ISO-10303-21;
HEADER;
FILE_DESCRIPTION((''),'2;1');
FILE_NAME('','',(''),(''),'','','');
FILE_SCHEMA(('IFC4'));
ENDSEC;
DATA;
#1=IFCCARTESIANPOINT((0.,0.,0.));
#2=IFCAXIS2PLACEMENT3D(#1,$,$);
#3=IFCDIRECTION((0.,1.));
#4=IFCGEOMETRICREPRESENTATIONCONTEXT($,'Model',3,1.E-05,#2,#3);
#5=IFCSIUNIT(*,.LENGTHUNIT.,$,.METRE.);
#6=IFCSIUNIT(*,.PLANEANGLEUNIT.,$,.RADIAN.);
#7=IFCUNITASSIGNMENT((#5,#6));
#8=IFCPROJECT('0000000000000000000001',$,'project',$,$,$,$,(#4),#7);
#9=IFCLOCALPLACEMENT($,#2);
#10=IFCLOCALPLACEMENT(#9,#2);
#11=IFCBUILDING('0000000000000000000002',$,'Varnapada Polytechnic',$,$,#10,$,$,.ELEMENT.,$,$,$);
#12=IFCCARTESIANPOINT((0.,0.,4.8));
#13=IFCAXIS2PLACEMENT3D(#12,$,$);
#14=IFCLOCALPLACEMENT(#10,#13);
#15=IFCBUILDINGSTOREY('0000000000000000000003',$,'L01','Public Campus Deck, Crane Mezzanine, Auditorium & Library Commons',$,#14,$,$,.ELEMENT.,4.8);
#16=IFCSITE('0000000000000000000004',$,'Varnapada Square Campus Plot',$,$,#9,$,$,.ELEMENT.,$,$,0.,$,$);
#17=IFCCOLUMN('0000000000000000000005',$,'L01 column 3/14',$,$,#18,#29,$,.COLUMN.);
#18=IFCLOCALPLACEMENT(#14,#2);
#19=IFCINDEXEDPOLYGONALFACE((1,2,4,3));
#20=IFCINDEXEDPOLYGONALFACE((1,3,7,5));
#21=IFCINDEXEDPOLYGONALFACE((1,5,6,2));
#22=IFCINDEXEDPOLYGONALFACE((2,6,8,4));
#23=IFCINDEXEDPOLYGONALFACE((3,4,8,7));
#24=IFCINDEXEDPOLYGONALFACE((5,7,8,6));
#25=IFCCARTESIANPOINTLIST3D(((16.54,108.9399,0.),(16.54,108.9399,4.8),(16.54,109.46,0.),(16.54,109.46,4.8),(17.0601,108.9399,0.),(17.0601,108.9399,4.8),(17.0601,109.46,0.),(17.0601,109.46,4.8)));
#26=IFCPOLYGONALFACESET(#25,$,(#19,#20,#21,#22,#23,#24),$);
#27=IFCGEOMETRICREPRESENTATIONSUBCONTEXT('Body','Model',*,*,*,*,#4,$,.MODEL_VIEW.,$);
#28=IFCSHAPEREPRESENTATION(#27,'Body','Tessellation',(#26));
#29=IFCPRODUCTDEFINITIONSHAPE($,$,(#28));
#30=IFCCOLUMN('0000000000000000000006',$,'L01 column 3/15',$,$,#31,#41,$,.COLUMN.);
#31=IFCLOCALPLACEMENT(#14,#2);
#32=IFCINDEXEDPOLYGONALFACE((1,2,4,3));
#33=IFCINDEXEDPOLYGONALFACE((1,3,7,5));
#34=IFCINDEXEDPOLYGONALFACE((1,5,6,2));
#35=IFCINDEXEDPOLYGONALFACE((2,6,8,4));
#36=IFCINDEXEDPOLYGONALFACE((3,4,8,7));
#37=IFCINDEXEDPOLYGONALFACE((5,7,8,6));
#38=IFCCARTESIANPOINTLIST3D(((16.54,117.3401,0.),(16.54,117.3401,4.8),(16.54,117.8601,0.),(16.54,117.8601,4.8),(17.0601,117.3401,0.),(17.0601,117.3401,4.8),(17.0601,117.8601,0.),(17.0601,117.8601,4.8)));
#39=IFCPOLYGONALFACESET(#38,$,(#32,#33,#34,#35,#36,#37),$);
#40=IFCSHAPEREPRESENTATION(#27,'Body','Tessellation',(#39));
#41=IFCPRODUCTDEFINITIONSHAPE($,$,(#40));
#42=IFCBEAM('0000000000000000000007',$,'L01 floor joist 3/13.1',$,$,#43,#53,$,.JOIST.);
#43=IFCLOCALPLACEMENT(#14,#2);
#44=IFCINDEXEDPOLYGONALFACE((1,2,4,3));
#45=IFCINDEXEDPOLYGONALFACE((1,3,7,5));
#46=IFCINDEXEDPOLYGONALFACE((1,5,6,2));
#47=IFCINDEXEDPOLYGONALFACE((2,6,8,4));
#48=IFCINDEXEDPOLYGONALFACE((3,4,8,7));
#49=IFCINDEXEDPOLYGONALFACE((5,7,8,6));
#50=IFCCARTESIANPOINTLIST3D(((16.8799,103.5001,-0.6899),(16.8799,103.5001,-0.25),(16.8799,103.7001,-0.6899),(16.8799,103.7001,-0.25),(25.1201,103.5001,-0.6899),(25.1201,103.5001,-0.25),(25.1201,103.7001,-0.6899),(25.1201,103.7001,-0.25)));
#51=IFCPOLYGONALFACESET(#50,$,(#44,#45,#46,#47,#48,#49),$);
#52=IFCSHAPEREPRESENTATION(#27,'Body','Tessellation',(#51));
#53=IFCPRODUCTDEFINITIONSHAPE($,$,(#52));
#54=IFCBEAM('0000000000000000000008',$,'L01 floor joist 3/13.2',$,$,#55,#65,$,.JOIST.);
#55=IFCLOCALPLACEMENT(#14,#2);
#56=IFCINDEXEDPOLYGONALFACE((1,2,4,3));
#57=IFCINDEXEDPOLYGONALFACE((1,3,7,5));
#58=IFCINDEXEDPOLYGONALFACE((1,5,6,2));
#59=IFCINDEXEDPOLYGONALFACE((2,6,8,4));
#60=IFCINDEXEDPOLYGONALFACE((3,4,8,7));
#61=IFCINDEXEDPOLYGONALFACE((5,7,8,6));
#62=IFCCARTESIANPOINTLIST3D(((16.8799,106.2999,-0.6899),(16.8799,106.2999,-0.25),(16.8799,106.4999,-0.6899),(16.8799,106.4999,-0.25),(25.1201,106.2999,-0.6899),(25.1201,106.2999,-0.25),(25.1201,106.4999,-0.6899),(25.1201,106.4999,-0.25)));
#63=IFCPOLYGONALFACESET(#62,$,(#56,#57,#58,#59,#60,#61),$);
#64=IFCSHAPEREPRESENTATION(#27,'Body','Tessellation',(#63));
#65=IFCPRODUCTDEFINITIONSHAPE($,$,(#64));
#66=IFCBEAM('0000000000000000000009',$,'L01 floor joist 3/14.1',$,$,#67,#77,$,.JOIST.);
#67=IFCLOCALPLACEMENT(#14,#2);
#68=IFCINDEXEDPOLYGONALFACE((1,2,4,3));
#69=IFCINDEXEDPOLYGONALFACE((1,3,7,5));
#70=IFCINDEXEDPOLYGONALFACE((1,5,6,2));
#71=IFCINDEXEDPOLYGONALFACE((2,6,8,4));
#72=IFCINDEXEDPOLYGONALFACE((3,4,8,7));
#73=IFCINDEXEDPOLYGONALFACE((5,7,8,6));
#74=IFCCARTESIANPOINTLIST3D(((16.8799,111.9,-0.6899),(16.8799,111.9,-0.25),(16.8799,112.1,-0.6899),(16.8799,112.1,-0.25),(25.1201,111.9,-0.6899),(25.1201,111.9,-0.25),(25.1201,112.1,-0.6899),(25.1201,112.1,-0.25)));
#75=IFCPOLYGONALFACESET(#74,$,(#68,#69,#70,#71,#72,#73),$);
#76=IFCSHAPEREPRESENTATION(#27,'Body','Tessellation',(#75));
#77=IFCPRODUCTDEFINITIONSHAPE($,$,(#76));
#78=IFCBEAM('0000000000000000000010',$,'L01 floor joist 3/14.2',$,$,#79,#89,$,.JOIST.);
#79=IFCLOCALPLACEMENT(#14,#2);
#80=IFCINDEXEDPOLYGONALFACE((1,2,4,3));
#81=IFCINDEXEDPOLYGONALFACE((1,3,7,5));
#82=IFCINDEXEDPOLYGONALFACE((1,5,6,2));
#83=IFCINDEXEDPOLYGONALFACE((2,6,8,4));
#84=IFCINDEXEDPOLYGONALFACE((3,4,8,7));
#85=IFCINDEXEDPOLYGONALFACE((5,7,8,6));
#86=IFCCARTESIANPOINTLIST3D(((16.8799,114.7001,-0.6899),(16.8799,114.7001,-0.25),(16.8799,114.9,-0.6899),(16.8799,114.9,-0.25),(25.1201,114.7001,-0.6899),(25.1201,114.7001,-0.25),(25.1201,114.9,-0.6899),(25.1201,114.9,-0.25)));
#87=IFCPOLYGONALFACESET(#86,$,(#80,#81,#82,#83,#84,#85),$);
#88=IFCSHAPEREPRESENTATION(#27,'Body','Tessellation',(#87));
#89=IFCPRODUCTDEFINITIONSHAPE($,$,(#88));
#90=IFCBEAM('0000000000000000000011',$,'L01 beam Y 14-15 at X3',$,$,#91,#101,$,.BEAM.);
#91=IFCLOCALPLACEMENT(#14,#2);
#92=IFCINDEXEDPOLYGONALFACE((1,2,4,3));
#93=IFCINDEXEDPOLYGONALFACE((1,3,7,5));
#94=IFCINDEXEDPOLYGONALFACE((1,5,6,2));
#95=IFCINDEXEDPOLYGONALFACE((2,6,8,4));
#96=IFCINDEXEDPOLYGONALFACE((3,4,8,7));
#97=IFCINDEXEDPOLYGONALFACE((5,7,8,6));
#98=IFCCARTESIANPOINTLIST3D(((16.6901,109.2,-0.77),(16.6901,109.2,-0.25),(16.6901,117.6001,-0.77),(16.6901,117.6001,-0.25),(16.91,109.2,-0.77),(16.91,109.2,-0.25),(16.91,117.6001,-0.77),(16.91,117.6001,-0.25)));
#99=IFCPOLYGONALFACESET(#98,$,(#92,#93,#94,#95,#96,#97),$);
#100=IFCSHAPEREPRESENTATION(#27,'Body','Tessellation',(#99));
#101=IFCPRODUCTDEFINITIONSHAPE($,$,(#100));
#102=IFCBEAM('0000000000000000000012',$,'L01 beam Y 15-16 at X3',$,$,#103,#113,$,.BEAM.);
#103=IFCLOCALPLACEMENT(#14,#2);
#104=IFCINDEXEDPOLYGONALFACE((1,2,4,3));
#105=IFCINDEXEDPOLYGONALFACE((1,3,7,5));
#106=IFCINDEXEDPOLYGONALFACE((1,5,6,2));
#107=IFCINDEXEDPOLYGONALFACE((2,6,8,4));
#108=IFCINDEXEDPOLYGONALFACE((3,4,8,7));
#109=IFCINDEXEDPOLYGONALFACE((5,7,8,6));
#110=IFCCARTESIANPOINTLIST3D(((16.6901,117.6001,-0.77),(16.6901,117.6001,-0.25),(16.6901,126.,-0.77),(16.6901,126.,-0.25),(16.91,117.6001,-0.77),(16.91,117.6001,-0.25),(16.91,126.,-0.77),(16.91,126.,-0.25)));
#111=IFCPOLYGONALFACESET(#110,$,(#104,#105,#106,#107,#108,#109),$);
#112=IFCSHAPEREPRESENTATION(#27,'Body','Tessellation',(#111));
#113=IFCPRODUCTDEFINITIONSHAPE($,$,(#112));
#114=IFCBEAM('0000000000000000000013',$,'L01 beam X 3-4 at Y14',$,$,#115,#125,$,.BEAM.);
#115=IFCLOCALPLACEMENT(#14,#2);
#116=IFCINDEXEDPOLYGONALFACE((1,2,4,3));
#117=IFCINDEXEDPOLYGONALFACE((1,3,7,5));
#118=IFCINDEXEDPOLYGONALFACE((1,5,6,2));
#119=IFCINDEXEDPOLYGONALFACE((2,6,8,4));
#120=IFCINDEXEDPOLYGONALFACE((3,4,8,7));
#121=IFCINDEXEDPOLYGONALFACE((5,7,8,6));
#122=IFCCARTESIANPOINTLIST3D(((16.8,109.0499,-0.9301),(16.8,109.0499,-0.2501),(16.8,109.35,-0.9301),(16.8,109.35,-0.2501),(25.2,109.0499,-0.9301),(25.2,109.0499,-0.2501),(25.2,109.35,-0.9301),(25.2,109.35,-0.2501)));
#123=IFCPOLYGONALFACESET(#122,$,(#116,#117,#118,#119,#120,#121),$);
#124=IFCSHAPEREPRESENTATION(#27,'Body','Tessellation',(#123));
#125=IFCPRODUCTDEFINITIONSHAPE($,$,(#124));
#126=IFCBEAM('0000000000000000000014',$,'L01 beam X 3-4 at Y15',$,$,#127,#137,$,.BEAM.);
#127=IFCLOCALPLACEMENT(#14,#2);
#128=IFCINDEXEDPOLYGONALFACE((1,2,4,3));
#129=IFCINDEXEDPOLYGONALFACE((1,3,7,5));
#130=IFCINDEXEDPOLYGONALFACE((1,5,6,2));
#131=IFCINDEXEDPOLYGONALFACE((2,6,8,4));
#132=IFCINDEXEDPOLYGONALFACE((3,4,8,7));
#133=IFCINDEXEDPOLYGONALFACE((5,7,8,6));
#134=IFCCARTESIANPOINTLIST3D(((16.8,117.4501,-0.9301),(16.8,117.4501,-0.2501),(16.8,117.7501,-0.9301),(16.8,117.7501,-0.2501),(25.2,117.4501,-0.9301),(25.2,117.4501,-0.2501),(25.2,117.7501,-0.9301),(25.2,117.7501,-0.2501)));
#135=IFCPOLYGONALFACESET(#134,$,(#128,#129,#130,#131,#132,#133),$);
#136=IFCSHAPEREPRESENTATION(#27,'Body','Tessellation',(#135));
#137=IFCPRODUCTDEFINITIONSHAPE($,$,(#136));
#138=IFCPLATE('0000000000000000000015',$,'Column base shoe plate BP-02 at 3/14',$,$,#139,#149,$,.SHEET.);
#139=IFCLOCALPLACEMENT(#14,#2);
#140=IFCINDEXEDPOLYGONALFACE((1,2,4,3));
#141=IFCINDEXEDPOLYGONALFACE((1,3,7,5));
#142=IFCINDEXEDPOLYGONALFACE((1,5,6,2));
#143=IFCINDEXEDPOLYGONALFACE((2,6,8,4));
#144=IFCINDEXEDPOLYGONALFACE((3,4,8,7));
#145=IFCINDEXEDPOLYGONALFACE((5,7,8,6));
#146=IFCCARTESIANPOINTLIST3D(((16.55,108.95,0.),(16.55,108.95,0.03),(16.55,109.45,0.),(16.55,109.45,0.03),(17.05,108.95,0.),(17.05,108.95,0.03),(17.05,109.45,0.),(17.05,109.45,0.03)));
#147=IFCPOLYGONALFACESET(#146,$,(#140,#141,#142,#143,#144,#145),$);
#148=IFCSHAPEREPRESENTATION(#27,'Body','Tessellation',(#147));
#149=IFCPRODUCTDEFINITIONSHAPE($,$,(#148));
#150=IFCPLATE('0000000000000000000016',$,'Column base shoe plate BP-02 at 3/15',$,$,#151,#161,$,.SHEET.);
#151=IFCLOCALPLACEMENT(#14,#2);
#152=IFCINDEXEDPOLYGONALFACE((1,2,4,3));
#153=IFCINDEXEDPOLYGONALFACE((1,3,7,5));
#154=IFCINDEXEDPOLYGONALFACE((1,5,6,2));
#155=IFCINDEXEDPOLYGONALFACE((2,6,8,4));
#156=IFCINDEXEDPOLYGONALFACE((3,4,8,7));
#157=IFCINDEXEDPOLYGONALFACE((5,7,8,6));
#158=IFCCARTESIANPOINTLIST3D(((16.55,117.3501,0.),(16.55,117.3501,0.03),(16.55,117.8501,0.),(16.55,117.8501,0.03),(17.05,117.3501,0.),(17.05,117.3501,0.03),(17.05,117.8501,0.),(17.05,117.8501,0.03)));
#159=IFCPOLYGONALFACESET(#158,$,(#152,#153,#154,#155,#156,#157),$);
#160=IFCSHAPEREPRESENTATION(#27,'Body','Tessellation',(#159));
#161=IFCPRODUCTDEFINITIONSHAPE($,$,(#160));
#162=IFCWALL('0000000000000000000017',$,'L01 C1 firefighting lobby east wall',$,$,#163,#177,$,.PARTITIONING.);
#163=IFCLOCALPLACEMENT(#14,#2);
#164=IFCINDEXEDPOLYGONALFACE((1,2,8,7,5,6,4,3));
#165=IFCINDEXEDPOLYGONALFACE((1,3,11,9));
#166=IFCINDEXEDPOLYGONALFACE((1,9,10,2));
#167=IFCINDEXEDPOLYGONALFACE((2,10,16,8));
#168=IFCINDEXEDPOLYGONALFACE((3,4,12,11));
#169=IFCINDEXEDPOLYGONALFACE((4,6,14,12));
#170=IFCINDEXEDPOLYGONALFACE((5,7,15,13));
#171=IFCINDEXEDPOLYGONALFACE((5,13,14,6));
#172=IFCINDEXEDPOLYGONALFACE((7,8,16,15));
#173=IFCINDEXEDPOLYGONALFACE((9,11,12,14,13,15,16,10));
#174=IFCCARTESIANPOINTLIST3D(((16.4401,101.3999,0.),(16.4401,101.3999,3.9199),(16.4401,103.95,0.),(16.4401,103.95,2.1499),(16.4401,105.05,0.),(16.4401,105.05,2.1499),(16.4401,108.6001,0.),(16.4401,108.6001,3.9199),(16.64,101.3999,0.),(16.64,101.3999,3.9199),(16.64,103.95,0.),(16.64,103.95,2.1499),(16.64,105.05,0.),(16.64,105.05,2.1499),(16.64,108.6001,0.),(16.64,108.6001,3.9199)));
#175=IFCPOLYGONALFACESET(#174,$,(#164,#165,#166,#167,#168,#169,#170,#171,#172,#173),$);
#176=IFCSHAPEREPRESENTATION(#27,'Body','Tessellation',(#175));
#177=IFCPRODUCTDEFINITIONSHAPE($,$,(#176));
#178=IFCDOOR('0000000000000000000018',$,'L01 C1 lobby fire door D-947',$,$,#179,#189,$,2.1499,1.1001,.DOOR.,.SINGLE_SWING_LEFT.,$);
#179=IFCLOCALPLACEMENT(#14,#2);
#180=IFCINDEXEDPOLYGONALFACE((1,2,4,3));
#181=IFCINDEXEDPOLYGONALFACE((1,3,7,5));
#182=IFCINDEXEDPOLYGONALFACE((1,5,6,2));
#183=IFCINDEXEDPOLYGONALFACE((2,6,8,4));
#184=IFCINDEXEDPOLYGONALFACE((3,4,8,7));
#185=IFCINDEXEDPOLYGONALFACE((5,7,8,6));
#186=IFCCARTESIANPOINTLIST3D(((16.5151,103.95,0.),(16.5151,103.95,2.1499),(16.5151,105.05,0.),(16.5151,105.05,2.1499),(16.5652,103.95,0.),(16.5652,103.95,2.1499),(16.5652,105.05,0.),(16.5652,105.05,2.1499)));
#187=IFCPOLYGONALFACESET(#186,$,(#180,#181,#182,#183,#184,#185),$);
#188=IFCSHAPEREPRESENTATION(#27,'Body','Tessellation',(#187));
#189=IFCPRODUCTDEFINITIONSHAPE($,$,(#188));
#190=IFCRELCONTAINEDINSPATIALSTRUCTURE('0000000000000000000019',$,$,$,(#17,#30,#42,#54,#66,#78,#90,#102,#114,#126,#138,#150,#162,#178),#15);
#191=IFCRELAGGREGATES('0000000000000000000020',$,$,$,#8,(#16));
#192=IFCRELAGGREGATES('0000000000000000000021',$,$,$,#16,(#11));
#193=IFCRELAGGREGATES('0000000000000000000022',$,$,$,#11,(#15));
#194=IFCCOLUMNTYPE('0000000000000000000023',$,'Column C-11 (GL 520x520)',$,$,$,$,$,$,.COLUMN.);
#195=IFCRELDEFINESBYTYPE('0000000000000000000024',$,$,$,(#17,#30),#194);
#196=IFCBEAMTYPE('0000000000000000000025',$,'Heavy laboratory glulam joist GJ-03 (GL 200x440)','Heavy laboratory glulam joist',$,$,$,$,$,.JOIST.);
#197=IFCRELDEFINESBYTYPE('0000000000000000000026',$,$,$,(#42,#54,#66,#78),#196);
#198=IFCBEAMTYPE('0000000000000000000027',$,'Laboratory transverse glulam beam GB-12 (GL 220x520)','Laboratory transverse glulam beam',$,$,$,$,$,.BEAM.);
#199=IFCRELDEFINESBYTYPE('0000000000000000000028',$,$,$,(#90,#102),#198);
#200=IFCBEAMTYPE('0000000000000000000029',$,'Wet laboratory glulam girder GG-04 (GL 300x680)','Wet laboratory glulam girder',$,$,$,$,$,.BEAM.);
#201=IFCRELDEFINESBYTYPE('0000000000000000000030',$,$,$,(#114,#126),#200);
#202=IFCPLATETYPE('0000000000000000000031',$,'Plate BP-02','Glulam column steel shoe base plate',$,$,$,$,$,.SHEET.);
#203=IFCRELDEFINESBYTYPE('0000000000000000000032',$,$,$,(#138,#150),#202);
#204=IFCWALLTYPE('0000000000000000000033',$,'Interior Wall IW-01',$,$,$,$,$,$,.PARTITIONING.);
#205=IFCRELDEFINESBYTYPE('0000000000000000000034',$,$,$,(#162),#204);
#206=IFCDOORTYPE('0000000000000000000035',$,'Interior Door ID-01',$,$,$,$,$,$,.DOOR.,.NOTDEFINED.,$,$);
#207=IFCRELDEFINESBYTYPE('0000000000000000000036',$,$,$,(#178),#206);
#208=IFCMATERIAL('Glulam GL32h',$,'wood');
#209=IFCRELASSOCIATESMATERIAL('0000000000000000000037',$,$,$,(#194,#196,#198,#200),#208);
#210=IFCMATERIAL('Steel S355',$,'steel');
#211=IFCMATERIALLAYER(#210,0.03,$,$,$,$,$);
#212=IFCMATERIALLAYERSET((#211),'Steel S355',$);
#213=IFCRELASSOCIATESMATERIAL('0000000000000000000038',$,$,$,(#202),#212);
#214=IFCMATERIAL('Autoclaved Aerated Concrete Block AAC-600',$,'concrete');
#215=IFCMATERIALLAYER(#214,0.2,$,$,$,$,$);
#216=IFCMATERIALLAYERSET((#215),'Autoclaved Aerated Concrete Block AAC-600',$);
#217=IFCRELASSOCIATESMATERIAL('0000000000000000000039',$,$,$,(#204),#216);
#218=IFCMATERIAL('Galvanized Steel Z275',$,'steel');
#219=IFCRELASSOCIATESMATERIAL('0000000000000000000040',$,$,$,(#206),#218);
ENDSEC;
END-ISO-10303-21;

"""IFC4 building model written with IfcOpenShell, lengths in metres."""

from ifc_helpers import new_model, si_unit, direction, frame, frame_2d, origin, origin_2d, place, context, subcontext, project, spatial, rectangle, extrude, material, layer, layer_set, material_profile, profile_set, type_object, element, fill, save


model = new_model("IFC4")

# Units and contexts
model_context = context("Model", 3, precision=1e-05, world=origin(), true_north=direction((0.0, 1.0)))
body_context = subcontext(model_context, "Body", "Model", "MODEL_VIEW")
ifc_project = project(units=[si_unit("LENGTHUNIT", "METRE"), si_unit("PLANEANGLEUNIT", "RADIAN")], contexts=[model_context])

# Site, building, storey
site_placement = place(None, origin())
site = spatial("IfcSite", under=ifc_project, at=site_placement, Name="Varnapada Square Campus Plot", CompositionType="ELEMENT", RefElevation=0.0)
building_placement = place(site_placement, origin())
building = spatial("IfcBuilding", under=site, at=building_placement, Name="Varnapada Polytechnic", CompositionType="ELEMENT")
storey_placement = place(building_placement, frame((0.0, 0.0, 4.8)))
storey = spatial("IfcBuildingStorey", under=building, at=storey_placement, Name="L01", Description="Public Campus Deck, Crane Mezzanine, Auditorium & Library Commons", CompositionType="ELEMENT", Elevation=4.8)

# Columns
ifc_material_1 = material(Name="Glulam GL32h", Category="wood")
ifc_material_profile_1 = material_profile(ifc_material_1, rectangle(XDim=0.52, YDim=0.52, at=origin_2d()), Name="GL 520x520")
ifc_profile_set_1 = profile_set([ifc_material_profile_1], Name="Glulam GL32h")
column_type = type_object("IfcColumnType", Name="Column C-11 (GL 520x520)", PredefinedType="COLUMN", material=ifc_profile_set_1)
for number, where, z_axis, x_axis, name in (
    (1, (16.8, 109.2, 0.0), (0.0, 0.0, 1.0), (1.0, 0.0, 0.0), "L01 column 3/14"),
    (2, (16.8, 117.6001, 0.0), (0.0, 0.0, 1.0), (1.0, 0.0, 0.0), "L01 column 3/15"),
):
    element("IfcColumn", number, at=place(storey_placement, frame(where, z_axis=z_axis, x_axis=x_axis)), inside=storey, type_object=column_type, Name=name, PredefinedType="COLUMN", context=body_context, shape_type="SweptSolid", body=[
        extrude(rectangle(XDim=0.52, YDim=0.52, at=origin_2d()), origin(), (0.0, 0.0, 1.0), 4.8),
    ])

# Beams
ifc_material_profile_2 = material_profile(ifc_material_1, rectangle(XDim=0.2, YDim=0.4399, at=origin_2d()), Name="GL 200x440")
ifc_profile_set_2 = profile_set([ifc_material_profile_2], Name="Glulam GL32h")
beam_type_1 = type_object("IfcBeamType", Name="Heavy laboratory glulam joist GJ-03 (GL 200x440)", Description="Heavy laboratory glulam joist", PredefinedType="JOIST", material=ifc_profile_set_2)
for number, where, z_axis, x_axis, name in (
    (3, (16.8799, 103.6001, -0.47), (1.0, 0.0, 0.0), (0.0, 1.0, 0.0), "L01 floor joist 3/13.1"),
    (4, (16.8799, 106.3999, -0.47), (1.0, 0.0, 0.0), (0.0, 1.0, 0.0), "L01 floor joist 3/13.2"),
    (5, (16.8799, 112.0, -0.47), (1.0, 0.0, 0.0), (0.0, 1.0, 0.0), "L01 floor joist 3/14.1"),
    (6, (16.8799, 114.8, -0.47), (1.0, 0.0, 0.0), (0.0, 1.0, 0.0), "L01 floor joist 3/14.2"),
):
    element("IfcBeam", number, at=place(storey_placement, frame(where, z_axis=z_axis, x_axis=x_axis)), inside=storey, type_object=beam_type_1, Name=name, PredefinedType="JOIST", context=body_context, shape_type="SweptSolid", body=[
        extrude(rectangle(XDim=0.2, YDim=0.4399, at=origin_2d()), origin(), (0.0, 0.0, 1.0), 8.2402),
    ])
ifc_material_profile_3 = material_profile(ifc_material_1, rectangle(XDim=0.22, YDim=0.52, at=origin_2d()), Name="GL 220x520")
ifc_profile_set_3 = profile_set([ifc_material_profile_3], Name="Glulam GL32h")
beam_type_2 = type_object("IfcBeamType", Name="Laboratory transverse glulam beam GB-12 (GL 220x520)", Description="Laboratory transverse glulam beam", PredefinedType="BEAM", material=ifc_profile_set_3)
beam_1_placement = place(storey_placement, frame((16.8, 109.2, -0.51), z_axis=(0.0, 1.0, 0.0), x_axis=(-1.0, 0.0, 0.0)))
element("IfcBeam", 7, at=beam_1_placement, inside=storey, type_object=beam_type_2, Name="L01 beam Y 14-15 at X3", PredefinedType="BEAM", context=body_context, shape_type="SweptSolid", body=[
    extrude(rectangle(XDim=0.22, YDim=0.52, at=origin_2d()), origin(), (0.0, 0.0, 1.0), 8.4001),
])
beam_2_placement = place(storey_placement, frame((16.8, 117.6001, -0.51), z_axis=(0.0, 1.0, 0.0), x_axis=(-1.0, 0.0, 0.0)))
element("IfcBeam", 8, at=beam_2_placement, inside=storey, type_object=beam_type_2, Name="L01 beam Y 15-16 at X3", PredefinedType="BEAM", context=body_context, shape_type="SweptSolid", body=[
    extrude(rectangle(XDim=0.22, YDim=0.52, at=origin_2d()), origin(), (0.0, 0.0, 1.0), 8.3999),
])
ifc_material_profile_4 = material_profile(ifc_material_1, rectangle(XDim=0.3, YDim=0.6799, at=origin_2d()), Name="GL 300x680")
ifc_profile_set_4 = profile_set([ifc_material_profile_4], Name="Glulam GL32h")
beam_type_3 = type_object("IfcBeamType", Name="Wet laboratory glulam girder GG-04 (GL 300x680)", Description="Wet laboratory glulam girder", PredefinedType="BEAM", material=ifc_profile_set_4)
for number, where, z_axis, x_axis, name in (
    (9, (16.8, 109.2, -0.5901), (1.0, 0.0, 0.0), (0.0, 1.0, 0.0), "L01 beam X 3-4 at Y14"),
    (10, (16.8, 117.6001, -0.5901), (1.0, 0.0, 0.0), (0.0, 1.0, 0.0), "L01 beam X 3-4 at Y15"),
):
    element("IfcBeam", number, at=place(storey_placement, frame(where, z_axis=z_axis, x_axis=x_axis)), inside=storey, type_object=beam_type_3, Name=name, PredefinedType="BEAM", context=body_context, shape_type="SweptSolid", body=[
        extrude(rectangle(XDim=0.3, YDim=0.6799, at=origin_2d()), origin(), (0.0, 0.0, 1.0), 8.3999),
    ])

# Plates
ifc_material_2 = material(Name="Steel S355", Category="steel")
ifc_layer_1 = layer(ifc_material_2, 0.03)
ifc_layer_set_1 = layer_set([ifc_layer_1], Name="Steel S355")
plate_type = type_object("IfcPlateType", Name="Plate BP-02", Description="Glulam column steel shoe base plate", PredefinedType="SHEET", material=ifc_layer_set_1)
for number, where, z_axis, x_axis, name in (
    (11, (16.8, 109.2, 0.0), (0.0, 0.0, 1.0), (1.0, 0.0, 0.0), "Column base shoe plate BP-02 at 3/14"),
    (12, (16.8, 117.6001, 0.0), (0.0, 0.0, 1.0), (1.0, 0.0, 0.0), "Column base shoe plate BP-02 at 3/15"),
):
    element("IfcPlate", number, at=place(storey_placement, frame(where, z_axis=z_axis, x_axis=x_axis)), inside=storey, type_object=plate_type, Name=name, PredefinedType="SHEET", context=body_context, shape_type="SweptSolid", body=[
        extrude(rectangle(XDim=0.5, YDim=0.5, at=origin_2d()), origin(), (0.0, 0.0, 1.0), 0.03),
    ])

# Wall, opening, door
ifc_material_3 = material(Name="Autoclaved Aerated Concrete Block AAC-600", Category="concrete")
ifc_layer_2 = layer(ifc_material_3, 0.2)
ifc_layer_set_2 = layer_set([ifc_layer_2], Name="Autoclaved Aerated Concrete Block AAC-600")
wall_type_1 = type_object("IfcWallType", Name="Interior Wall IW-01", PredefinedType="PARTITIONING", material=ifc_layer_set_2)
wall_1_placement = place(storey_placement, frame((16.54, 108.6001, 0.0), z_axis=(0.0, 0.0, 1.0), x_axis=(0.0, -1.0, 0.0)))
wall_1 = element("IfcWall", 13, at=wall_1_placement, inside=storey, type_object=wall_type_1, Name="L01 C1 firefighting lobby east wall", PredefinedType="PARTITIONING", context=body_context, shape_type="SweptSolid", body=[
    extrude(rectangle(XDim=7.2002, YDim=0.2, at=frame_2d((3.6001, 0.0))), origin(), (0.0, 0.0, 1.0), 3.9199),
])
opening_1_placement = place(wall_1_placement, frame((3.55, 0.0, 0.0)))
opening_1 = element("IfcOpeningElement", 14, at=opening_1_placement, cuts=wall_1, PredefinedType="OPENING", context=body_context, shape_type="SweptSolid", body=[
    extrude(rectangle(XDim=1.1001, YDim=2.1499, at=frame_2d((0.55, 1.075))), frame((0.0, 0.1099, 0.0), z_axis=(0.0, -1.0, 0.0), x_axis=(1.0, 0.0, 0.0)), (0.0, 0.0, 1.0), 0.22),
])
ifc_material_4 = material(Name="Galvanized Steel Z275", Category="steel")
door_type_1 = type_object("IfcDoorType", Name="Interior Door ID-01", OperationType="NOTDEFINED", PredefinedType="DOOR", material=ifc_material_4)
door_1_placement = place(opening_1_placement, frame((1.1001, 0.0, 0.0), z_axis=(0.0, 0.0, 1.0), x_axis=(-1.0, 0.0, 0.0)))
door_1 = element("IfcDoor", 15, at=door_1_placement, inside=storey, type_object=door_type_1, Name="L01 C1 lobby fire door D-947", OperationType="SINGLE_SWING_LEFT", OverallHeight=2.1499, OverallWidth=1.1001, PredefinedType="DOOR", context=body_context, shape_type="SweptSolid", body=[
    extrude(rectangle(XDim=1.1001, YDim=2.1499, at=frame_2d((0.55, 1.075))), frame((0.0, 0.0249, 0.0), z_axis=(0.0, -1.0, 0.0), x_axis=(1.0, 0.0, 0.0)), (0.0, 0.0, 1.0), 0.05),
])
fill(opening_1, door_1)

save(model, "model.ifc")
